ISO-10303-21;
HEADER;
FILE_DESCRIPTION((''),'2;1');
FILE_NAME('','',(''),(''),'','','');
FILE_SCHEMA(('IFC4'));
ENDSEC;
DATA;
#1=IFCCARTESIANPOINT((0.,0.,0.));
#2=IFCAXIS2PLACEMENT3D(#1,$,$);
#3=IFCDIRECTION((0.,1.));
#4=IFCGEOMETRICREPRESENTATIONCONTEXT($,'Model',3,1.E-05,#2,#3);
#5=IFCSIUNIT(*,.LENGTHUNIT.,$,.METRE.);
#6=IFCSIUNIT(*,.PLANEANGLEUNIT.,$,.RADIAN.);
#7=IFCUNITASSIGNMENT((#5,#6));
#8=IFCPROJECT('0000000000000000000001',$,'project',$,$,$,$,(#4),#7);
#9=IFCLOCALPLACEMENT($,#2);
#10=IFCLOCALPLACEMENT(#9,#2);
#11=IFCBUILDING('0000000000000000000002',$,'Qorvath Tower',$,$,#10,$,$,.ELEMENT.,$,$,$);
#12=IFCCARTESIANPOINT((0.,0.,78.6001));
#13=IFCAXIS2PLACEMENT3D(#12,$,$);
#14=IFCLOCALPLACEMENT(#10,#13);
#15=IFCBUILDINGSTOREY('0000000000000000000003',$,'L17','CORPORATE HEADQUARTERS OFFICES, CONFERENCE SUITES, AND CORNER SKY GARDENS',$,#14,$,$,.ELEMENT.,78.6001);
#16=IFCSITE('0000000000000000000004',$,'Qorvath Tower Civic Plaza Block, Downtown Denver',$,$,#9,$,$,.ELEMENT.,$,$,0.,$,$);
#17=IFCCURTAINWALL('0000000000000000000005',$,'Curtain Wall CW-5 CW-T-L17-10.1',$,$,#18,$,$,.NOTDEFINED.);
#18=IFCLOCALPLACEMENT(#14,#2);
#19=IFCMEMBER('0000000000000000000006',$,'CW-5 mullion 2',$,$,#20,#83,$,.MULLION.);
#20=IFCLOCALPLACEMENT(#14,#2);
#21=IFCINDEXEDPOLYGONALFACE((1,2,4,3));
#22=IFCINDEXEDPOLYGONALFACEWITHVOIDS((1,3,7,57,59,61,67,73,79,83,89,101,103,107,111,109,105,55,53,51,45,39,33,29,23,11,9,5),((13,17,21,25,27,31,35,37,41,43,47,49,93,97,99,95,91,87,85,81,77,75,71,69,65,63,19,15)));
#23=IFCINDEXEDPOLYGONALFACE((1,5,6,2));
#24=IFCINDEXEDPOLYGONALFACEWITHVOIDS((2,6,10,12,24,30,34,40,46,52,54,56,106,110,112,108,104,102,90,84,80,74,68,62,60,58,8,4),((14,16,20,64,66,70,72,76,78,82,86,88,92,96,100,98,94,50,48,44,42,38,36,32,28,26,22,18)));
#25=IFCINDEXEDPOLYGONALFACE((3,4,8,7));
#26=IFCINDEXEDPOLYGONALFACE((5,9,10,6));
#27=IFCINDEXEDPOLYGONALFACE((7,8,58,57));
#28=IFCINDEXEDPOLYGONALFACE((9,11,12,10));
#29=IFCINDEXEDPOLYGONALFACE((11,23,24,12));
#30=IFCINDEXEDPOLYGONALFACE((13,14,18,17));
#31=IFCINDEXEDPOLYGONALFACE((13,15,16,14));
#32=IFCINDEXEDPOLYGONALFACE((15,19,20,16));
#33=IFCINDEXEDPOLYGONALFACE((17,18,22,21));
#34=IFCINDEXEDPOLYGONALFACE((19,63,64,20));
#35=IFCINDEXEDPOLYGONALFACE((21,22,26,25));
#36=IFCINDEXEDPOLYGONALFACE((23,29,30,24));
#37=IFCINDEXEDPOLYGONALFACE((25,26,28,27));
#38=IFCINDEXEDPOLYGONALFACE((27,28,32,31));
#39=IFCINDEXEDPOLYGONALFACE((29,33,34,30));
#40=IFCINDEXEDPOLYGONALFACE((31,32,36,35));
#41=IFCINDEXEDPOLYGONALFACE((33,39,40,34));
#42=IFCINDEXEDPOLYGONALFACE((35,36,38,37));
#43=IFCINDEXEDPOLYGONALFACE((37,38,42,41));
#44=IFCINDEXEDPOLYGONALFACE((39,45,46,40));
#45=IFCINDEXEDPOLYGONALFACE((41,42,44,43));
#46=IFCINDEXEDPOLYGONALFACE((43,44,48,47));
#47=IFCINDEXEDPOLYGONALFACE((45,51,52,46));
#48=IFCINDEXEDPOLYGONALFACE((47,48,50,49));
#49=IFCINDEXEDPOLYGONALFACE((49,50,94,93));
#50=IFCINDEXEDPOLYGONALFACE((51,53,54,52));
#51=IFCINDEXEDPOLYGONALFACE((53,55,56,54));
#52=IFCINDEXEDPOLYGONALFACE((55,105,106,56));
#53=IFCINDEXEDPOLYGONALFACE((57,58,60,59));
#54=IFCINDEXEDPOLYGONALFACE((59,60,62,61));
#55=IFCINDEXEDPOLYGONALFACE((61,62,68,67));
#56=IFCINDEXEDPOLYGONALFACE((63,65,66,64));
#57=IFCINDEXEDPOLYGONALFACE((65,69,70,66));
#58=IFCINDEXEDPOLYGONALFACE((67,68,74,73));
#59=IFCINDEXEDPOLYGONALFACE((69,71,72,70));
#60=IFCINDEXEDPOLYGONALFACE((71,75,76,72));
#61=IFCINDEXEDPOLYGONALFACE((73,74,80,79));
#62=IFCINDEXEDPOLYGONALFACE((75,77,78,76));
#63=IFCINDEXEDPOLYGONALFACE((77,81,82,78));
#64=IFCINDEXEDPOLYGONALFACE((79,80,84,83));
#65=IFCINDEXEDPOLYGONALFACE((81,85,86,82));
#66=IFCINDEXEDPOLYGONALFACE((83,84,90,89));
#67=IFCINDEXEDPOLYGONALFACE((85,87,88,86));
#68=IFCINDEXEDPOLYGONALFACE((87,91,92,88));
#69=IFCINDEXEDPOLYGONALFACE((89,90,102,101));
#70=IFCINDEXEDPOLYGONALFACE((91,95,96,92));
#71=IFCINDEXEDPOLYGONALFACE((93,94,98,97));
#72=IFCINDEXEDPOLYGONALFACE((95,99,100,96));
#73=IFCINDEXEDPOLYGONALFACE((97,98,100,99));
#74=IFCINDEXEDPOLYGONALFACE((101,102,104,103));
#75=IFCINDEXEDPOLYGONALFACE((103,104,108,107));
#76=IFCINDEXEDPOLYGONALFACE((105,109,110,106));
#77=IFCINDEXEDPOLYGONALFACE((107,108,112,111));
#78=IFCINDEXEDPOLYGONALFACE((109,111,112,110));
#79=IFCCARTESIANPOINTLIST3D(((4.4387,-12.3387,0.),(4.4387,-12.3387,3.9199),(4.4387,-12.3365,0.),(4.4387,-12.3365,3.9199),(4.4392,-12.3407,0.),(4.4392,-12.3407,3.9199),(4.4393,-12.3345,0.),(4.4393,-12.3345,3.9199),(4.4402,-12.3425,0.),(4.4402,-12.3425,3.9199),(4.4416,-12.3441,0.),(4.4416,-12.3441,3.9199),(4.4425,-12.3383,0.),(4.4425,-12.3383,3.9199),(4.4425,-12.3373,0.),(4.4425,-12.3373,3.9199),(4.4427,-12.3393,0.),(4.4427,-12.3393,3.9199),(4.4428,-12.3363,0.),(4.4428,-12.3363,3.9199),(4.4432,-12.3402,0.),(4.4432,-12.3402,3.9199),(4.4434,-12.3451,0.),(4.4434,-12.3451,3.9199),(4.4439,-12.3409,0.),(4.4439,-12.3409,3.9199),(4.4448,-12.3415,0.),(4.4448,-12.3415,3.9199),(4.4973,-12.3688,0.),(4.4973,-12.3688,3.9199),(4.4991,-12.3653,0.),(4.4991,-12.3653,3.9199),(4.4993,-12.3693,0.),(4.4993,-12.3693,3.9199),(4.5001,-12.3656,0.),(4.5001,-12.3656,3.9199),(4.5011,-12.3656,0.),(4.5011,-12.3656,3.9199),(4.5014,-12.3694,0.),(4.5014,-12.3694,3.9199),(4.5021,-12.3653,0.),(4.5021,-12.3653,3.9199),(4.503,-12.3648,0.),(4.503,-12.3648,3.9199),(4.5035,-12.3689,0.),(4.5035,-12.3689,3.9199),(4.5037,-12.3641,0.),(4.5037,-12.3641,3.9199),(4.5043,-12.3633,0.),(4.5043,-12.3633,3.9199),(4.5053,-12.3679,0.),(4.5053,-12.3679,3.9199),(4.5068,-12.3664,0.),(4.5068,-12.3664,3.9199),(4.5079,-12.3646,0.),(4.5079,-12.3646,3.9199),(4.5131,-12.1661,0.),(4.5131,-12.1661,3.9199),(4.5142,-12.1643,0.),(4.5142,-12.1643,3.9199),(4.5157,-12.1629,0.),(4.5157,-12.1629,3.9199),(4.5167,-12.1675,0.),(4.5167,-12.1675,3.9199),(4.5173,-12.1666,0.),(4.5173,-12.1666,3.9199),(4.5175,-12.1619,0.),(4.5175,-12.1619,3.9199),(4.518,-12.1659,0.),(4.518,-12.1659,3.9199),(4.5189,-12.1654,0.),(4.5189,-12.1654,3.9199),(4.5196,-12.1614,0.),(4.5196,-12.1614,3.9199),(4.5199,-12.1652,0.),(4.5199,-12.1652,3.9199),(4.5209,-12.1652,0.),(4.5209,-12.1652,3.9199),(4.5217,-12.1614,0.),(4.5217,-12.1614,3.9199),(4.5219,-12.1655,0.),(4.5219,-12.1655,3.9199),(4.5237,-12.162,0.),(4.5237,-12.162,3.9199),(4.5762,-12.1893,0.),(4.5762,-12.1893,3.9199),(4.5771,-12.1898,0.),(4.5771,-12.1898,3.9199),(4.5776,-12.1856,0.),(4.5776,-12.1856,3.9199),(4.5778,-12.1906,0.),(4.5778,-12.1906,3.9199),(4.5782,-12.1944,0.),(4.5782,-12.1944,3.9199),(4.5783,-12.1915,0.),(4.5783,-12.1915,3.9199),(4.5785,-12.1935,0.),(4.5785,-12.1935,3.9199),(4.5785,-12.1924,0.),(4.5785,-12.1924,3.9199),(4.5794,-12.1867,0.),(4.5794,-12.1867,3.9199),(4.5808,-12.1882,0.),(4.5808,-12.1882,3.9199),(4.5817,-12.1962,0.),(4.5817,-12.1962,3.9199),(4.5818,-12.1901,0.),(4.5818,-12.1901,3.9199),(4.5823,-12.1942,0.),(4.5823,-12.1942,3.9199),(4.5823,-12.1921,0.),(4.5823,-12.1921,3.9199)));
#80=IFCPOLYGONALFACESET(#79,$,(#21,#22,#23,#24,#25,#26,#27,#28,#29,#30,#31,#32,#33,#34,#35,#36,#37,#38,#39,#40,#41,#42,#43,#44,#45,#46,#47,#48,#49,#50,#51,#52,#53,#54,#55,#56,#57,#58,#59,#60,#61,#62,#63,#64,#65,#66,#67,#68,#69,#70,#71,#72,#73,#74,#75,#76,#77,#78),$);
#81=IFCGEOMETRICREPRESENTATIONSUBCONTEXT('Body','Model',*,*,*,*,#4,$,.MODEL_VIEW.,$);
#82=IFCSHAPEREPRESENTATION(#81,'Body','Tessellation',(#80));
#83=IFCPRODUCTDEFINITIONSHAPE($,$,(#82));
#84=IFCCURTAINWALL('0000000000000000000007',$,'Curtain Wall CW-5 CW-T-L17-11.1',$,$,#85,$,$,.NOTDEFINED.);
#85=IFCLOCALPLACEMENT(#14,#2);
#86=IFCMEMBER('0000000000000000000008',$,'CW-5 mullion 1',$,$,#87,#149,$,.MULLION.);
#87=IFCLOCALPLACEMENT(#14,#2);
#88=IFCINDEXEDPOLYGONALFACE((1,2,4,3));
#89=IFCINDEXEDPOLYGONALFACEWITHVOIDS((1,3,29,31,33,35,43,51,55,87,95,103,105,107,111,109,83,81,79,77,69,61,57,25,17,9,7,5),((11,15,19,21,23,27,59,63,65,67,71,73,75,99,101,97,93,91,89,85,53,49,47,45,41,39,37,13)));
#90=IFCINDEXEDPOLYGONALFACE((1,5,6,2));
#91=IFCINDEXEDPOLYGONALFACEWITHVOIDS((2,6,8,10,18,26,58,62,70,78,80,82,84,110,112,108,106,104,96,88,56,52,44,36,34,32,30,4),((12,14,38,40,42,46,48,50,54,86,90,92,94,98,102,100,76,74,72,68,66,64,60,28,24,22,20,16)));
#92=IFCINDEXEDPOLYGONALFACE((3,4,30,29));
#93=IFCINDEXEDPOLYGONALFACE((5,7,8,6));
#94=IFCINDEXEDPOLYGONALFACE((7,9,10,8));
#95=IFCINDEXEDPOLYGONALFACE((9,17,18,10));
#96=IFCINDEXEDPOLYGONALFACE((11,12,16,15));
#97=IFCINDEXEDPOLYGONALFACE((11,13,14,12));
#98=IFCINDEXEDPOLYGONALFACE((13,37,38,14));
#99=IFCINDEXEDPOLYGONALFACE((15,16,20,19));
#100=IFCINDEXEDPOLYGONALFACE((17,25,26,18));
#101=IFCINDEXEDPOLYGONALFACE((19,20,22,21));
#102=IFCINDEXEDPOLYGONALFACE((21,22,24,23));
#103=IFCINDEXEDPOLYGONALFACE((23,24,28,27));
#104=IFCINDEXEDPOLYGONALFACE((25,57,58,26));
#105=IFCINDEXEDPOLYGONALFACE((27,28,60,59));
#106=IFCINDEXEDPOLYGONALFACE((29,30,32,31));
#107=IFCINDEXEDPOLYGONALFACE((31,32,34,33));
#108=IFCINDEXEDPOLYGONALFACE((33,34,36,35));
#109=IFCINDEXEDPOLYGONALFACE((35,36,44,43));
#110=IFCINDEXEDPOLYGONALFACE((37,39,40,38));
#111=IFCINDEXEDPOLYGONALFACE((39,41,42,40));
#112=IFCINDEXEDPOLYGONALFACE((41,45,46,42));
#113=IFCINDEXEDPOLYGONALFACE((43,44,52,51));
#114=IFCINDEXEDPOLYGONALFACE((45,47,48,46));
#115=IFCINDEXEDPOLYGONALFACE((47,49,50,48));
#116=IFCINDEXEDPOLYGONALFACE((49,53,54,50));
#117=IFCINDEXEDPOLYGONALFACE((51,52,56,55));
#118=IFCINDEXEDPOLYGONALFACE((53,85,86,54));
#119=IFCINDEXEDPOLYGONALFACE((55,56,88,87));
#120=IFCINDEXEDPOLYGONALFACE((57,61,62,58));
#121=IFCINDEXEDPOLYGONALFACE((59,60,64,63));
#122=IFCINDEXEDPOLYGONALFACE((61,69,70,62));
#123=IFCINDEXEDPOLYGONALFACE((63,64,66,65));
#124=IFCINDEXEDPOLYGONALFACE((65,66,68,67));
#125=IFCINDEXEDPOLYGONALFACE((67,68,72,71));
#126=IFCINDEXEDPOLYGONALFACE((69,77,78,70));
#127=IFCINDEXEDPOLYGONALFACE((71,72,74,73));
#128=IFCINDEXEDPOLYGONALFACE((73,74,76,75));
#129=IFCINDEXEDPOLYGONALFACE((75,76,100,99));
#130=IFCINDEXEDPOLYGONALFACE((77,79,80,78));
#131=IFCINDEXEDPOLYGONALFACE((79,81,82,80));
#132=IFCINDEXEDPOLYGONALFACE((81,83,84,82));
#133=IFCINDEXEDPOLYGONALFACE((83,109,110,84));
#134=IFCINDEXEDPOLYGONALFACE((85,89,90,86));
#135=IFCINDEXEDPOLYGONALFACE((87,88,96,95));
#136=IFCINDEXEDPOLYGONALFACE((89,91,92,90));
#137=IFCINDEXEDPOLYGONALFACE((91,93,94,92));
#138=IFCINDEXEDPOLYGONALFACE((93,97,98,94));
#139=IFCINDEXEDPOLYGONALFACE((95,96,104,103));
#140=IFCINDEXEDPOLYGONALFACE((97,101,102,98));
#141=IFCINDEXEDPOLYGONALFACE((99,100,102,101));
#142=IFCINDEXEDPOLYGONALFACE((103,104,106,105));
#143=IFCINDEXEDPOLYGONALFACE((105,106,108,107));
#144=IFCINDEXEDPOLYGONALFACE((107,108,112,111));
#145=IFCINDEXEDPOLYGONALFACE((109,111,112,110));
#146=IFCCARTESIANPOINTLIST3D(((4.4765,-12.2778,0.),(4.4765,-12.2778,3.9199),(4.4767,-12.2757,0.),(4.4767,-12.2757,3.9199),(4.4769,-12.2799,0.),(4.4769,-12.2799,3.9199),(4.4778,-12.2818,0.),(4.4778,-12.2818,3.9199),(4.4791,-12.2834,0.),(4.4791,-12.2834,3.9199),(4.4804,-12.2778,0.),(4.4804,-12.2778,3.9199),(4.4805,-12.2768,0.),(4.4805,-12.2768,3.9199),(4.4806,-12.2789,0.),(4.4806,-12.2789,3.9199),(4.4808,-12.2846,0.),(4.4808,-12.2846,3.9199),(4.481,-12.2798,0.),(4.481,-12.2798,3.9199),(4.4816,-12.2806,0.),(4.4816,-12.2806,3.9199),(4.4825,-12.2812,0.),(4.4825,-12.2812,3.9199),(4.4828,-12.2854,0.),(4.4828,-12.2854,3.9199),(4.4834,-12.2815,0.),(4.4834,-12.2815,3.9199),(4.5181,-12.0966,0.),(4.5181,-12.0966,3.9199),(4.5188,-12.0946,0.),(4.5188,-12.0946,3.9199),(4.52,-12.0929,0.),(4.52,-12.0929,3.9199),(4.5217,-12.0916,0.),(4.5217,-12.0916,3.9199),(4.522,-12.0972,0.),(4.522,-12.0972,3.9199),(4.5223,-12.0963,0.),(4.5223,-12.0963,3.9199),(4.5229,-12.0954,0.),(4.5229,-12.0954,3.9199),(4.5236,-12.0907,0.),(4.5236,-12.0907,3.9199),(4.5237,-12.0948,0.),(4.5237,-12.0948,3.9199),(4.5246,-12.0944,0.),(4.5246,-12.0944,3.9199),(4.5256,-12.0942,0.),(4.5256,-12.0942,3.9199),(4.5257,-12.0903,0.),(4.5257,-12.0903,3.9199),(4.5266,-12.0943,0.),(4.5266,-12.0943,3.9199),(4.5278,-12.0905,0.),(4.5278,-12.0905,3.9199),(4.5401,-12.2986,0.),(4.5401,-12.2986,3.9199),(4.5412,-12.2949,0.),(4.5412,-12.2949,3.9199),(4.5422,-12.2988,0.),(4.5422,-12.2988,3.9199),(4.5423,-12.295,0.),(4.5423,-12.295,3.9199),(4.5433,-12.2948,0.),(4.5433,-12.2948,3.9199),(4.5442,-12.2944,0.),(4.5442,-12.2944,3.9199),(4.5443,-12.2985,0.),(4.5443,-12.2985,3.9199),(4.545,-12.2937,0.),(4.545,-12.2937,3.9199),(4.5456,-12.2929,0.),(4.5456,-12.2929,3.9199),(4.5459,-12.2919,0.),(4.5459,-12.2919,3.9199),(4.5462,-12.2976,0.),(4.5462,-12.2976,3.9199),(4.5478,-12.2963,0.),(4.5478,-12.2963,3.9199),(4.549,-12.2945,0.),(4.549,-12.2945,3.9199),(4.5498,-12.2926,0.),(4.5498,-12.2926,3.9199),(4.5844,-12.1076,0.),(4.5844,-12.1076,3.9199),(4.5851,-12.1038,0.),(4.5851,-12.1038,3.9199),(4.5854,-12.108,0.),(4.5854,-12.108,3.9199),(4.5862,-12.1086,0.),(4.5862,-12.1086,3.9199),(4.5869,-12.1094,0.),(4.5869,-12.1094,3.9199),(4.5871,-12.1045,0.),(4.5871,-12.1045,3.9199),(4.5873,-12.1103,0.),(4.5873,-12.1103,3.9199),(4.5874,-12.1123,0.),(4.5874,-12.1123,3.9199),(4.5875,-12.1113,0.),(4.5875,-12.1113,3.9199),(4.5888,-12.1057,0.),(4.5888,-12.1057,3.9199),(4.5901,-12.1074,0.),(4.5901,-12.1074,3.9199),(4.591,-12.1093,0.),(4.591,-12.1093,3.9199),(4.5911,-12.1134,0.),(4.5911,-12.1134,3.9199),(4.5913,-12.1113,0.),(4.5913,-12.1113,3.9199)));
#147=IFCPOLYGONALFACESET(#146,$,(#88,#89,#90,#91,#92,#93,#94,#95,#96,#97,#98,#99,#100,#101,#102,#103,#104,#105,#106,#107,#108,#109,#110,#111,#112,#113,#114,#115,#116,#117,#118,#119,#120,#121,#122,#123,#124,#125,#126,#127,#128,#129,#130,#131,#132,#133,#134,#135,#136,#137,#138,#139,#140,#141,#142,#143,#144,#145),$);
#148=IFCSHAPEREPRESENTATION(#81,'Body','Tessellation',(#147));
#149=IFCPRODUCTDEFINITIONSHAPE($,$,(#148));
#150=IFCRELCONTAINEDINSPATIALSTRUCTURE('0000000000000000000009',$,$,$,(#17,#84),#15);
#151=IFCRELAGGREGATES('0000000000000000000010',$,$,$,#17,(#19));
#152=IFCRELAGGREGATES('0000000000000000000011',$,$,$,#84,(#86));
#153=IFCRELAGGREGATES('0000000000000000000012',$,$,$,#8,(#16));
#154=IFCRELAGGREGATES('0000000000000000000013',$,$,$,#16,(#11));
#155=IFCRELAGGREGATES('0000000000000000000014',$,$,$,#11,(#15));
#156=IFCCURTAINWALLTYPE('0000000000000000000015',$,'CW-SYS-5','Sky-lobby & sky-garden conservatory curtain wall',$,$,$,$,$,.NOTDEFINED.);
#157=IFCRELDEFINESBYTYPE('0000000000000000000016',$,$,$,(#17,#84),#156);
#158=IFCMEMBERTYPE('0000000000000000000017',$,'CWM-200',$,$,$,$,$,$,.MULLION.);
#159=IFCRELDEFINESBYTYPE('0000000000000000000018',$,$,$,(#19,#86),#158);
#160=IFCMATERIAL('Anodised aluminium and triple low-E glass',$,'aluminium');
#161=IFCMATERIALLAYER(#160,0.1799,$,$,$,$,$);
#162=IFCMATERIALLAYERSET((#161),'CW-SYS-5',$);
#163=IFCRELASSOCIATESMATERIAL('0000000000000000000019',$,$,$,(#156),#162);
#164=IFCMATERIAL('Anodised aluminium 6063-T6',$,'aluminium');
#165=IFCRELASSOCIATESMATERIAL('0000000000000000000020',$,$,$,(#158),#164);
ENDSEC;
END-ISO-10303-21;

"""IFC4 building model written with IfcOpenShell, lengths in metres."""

from ifc_helpers import new_model, si_unit, direction, frame, origin, origin_2d, place, context, subcontext, project, spatial, hollow_rectangle, extrude, material, layer, layer_set, material_profile, profile_set, type_object, element, aggregate, save


model = new_model("IFC4")

# Units and contexts
model_context = context("Model", 3, precision=1e-05, world=origin(), true_north=direction((0.0, 1.0)))
body_context = subcontext(model_context, "Body", "Model", "MODEL_VIEW")
ifc_project = project(units=[si_unit("LENGTHUNIT", "METRE"), si_unit("PLANEANGLEUNIT", "RADIAN")], contexts=[model_context])

# Site, building, storey
site_placement = place(None, origin())
site = spatial("IfcSite", under=ifc_project, at=site_placement, Name="Qorvath Tower Civic Plaza Block, Downtown Denver", CompositionType="ELEMENT", RefElevation=0.0)
building_placement = place(site_placement, origin())
building = spatial("IfcBuilding", under=site, at=building_placement, Name="Qorvath Tower", CompositionType="ELEMENT")
storey_placement = place(building_placement, frame((0.0, 0.0, 78.6001)))
storey = spatial("IfcBuildingStorey", under=building, at=storey_placement, Name="L17", Description="CORPORATE HEADQUARTERS OFFICES, CONFERENCE SUITES, AND CORNER SKY GARDENS", CompositionType="ELEMENT", Elevation=78.6001)

# Shared definitions
ifc_material_1 = material(Name="Anodised aluminium and triple low-E glass", Category="aluminium")
ifc_layer_1 = layer(ifc_material_1, 0.1799)
ifc_layer_set_1 = layer_set([ifc_layer_1], Name="CW-SYS-5")
curtain_wall_type = type_object("IfcCurtainWallType", Name="CW-SYS-5", Description="Sky-lobby & sky-garden conservatory curtain wall", PredefinedType="NOTDEFINED", material=ifc_layer_set_1)
ifc_material_2 = material(Name="Anodised aluminium 6063-T6", Category="aluminium")
ifc_material_profile_1 = material_profile(ifc_material_2, hollow_rectangle(XDim=0.075, YDim=0.2, WallThickness=0.0039, InnerFilletRadius=0.0039, OuterFilletRadius=0.0081, at=origin_2d()), Name="CWM 200x75")
ifc_profile_set_1 = profile_set([ifc_material_profile_1], Name="Anodised aluminium 6063-T6")
member_type_1 = type_object("IfcMemberType", Name="CWM-200", PredefinedType="MULLION", material=ifc_profile_set_1)

# Curtain wall, member
curtain_wall_1_placement = place(storey_placement, origin())
curtain_wall_1 = element("IfcCurtainWall", 1, at=curtain_wall_1_placement, inside=storey, type_object=curtain_wall_type, Name="Curtain Wall CW-5 CW-T-L17-10.1", PredefinedType="NOTDEFINED")
member_1_placement = place(storey_placement, frame((4.5105, -12.2654, 0.0), z_axis=(0.0, 0.0, 1.0), x_axis=(-0.915913, 0.401376, 0.0)))
member_1 = element("IfcMember", 2, at=member_1_placement, type_object=member_type_1, Name="CW-5 mullion 2", PredefinedType="MULLION", context=body_context, shape_type="SweptSolid", body=[
    extrude(hollow_rectangle(XDim=0.075, YDim=0.2, WallThickness=0.0039, InnerFilletRadius=0.0039, OuterFilletRadius=0.0081, at=origin_2d()), origin(), (0.0, 0.0, 1.0), 3.9199),
])

# Curtain wall, member
curtain_wall_2_placement = place(storey_placement, origin())
curtain_wall_2 = element("IfcCurtainWall", 3, at=curtain_wall_2_placement, inside=storey, type_object=curtain_wall_type, Name="Curtain Wall CW-5 CW-T-L17-11.1", PredefinedType="NOTDEFINED")
member_2_placement = place(storey_placement, frame((4.5339, -12.1946, 0.0), z_axis=(0.0, 0.0, 1.0), x_axis=(-0.974388, 0.224872, 0.0)))
member_2 = element("IfcMember", 4, at=member_2_placement, type_object=member_type_1, Name="CW-5 mullion 1", PredefinedType="MULLION", context=body_context, shape_type="SweptSolid", body=[
    extrude(hollow_rectangle(XDim=0.075, YDim=0.2, WallThickness=0.0039, InnerFilletRadius=0.0039, OuterFilletRadius=0.0081, at=origin_2d()), origin(), (0.0, 0.0, 1.0), 3.9199),
])

aggregate(curtain_wall_1, [member_1])
aggregate(curtain_wall_2, [member_2])

save(model, "model.ifc")
